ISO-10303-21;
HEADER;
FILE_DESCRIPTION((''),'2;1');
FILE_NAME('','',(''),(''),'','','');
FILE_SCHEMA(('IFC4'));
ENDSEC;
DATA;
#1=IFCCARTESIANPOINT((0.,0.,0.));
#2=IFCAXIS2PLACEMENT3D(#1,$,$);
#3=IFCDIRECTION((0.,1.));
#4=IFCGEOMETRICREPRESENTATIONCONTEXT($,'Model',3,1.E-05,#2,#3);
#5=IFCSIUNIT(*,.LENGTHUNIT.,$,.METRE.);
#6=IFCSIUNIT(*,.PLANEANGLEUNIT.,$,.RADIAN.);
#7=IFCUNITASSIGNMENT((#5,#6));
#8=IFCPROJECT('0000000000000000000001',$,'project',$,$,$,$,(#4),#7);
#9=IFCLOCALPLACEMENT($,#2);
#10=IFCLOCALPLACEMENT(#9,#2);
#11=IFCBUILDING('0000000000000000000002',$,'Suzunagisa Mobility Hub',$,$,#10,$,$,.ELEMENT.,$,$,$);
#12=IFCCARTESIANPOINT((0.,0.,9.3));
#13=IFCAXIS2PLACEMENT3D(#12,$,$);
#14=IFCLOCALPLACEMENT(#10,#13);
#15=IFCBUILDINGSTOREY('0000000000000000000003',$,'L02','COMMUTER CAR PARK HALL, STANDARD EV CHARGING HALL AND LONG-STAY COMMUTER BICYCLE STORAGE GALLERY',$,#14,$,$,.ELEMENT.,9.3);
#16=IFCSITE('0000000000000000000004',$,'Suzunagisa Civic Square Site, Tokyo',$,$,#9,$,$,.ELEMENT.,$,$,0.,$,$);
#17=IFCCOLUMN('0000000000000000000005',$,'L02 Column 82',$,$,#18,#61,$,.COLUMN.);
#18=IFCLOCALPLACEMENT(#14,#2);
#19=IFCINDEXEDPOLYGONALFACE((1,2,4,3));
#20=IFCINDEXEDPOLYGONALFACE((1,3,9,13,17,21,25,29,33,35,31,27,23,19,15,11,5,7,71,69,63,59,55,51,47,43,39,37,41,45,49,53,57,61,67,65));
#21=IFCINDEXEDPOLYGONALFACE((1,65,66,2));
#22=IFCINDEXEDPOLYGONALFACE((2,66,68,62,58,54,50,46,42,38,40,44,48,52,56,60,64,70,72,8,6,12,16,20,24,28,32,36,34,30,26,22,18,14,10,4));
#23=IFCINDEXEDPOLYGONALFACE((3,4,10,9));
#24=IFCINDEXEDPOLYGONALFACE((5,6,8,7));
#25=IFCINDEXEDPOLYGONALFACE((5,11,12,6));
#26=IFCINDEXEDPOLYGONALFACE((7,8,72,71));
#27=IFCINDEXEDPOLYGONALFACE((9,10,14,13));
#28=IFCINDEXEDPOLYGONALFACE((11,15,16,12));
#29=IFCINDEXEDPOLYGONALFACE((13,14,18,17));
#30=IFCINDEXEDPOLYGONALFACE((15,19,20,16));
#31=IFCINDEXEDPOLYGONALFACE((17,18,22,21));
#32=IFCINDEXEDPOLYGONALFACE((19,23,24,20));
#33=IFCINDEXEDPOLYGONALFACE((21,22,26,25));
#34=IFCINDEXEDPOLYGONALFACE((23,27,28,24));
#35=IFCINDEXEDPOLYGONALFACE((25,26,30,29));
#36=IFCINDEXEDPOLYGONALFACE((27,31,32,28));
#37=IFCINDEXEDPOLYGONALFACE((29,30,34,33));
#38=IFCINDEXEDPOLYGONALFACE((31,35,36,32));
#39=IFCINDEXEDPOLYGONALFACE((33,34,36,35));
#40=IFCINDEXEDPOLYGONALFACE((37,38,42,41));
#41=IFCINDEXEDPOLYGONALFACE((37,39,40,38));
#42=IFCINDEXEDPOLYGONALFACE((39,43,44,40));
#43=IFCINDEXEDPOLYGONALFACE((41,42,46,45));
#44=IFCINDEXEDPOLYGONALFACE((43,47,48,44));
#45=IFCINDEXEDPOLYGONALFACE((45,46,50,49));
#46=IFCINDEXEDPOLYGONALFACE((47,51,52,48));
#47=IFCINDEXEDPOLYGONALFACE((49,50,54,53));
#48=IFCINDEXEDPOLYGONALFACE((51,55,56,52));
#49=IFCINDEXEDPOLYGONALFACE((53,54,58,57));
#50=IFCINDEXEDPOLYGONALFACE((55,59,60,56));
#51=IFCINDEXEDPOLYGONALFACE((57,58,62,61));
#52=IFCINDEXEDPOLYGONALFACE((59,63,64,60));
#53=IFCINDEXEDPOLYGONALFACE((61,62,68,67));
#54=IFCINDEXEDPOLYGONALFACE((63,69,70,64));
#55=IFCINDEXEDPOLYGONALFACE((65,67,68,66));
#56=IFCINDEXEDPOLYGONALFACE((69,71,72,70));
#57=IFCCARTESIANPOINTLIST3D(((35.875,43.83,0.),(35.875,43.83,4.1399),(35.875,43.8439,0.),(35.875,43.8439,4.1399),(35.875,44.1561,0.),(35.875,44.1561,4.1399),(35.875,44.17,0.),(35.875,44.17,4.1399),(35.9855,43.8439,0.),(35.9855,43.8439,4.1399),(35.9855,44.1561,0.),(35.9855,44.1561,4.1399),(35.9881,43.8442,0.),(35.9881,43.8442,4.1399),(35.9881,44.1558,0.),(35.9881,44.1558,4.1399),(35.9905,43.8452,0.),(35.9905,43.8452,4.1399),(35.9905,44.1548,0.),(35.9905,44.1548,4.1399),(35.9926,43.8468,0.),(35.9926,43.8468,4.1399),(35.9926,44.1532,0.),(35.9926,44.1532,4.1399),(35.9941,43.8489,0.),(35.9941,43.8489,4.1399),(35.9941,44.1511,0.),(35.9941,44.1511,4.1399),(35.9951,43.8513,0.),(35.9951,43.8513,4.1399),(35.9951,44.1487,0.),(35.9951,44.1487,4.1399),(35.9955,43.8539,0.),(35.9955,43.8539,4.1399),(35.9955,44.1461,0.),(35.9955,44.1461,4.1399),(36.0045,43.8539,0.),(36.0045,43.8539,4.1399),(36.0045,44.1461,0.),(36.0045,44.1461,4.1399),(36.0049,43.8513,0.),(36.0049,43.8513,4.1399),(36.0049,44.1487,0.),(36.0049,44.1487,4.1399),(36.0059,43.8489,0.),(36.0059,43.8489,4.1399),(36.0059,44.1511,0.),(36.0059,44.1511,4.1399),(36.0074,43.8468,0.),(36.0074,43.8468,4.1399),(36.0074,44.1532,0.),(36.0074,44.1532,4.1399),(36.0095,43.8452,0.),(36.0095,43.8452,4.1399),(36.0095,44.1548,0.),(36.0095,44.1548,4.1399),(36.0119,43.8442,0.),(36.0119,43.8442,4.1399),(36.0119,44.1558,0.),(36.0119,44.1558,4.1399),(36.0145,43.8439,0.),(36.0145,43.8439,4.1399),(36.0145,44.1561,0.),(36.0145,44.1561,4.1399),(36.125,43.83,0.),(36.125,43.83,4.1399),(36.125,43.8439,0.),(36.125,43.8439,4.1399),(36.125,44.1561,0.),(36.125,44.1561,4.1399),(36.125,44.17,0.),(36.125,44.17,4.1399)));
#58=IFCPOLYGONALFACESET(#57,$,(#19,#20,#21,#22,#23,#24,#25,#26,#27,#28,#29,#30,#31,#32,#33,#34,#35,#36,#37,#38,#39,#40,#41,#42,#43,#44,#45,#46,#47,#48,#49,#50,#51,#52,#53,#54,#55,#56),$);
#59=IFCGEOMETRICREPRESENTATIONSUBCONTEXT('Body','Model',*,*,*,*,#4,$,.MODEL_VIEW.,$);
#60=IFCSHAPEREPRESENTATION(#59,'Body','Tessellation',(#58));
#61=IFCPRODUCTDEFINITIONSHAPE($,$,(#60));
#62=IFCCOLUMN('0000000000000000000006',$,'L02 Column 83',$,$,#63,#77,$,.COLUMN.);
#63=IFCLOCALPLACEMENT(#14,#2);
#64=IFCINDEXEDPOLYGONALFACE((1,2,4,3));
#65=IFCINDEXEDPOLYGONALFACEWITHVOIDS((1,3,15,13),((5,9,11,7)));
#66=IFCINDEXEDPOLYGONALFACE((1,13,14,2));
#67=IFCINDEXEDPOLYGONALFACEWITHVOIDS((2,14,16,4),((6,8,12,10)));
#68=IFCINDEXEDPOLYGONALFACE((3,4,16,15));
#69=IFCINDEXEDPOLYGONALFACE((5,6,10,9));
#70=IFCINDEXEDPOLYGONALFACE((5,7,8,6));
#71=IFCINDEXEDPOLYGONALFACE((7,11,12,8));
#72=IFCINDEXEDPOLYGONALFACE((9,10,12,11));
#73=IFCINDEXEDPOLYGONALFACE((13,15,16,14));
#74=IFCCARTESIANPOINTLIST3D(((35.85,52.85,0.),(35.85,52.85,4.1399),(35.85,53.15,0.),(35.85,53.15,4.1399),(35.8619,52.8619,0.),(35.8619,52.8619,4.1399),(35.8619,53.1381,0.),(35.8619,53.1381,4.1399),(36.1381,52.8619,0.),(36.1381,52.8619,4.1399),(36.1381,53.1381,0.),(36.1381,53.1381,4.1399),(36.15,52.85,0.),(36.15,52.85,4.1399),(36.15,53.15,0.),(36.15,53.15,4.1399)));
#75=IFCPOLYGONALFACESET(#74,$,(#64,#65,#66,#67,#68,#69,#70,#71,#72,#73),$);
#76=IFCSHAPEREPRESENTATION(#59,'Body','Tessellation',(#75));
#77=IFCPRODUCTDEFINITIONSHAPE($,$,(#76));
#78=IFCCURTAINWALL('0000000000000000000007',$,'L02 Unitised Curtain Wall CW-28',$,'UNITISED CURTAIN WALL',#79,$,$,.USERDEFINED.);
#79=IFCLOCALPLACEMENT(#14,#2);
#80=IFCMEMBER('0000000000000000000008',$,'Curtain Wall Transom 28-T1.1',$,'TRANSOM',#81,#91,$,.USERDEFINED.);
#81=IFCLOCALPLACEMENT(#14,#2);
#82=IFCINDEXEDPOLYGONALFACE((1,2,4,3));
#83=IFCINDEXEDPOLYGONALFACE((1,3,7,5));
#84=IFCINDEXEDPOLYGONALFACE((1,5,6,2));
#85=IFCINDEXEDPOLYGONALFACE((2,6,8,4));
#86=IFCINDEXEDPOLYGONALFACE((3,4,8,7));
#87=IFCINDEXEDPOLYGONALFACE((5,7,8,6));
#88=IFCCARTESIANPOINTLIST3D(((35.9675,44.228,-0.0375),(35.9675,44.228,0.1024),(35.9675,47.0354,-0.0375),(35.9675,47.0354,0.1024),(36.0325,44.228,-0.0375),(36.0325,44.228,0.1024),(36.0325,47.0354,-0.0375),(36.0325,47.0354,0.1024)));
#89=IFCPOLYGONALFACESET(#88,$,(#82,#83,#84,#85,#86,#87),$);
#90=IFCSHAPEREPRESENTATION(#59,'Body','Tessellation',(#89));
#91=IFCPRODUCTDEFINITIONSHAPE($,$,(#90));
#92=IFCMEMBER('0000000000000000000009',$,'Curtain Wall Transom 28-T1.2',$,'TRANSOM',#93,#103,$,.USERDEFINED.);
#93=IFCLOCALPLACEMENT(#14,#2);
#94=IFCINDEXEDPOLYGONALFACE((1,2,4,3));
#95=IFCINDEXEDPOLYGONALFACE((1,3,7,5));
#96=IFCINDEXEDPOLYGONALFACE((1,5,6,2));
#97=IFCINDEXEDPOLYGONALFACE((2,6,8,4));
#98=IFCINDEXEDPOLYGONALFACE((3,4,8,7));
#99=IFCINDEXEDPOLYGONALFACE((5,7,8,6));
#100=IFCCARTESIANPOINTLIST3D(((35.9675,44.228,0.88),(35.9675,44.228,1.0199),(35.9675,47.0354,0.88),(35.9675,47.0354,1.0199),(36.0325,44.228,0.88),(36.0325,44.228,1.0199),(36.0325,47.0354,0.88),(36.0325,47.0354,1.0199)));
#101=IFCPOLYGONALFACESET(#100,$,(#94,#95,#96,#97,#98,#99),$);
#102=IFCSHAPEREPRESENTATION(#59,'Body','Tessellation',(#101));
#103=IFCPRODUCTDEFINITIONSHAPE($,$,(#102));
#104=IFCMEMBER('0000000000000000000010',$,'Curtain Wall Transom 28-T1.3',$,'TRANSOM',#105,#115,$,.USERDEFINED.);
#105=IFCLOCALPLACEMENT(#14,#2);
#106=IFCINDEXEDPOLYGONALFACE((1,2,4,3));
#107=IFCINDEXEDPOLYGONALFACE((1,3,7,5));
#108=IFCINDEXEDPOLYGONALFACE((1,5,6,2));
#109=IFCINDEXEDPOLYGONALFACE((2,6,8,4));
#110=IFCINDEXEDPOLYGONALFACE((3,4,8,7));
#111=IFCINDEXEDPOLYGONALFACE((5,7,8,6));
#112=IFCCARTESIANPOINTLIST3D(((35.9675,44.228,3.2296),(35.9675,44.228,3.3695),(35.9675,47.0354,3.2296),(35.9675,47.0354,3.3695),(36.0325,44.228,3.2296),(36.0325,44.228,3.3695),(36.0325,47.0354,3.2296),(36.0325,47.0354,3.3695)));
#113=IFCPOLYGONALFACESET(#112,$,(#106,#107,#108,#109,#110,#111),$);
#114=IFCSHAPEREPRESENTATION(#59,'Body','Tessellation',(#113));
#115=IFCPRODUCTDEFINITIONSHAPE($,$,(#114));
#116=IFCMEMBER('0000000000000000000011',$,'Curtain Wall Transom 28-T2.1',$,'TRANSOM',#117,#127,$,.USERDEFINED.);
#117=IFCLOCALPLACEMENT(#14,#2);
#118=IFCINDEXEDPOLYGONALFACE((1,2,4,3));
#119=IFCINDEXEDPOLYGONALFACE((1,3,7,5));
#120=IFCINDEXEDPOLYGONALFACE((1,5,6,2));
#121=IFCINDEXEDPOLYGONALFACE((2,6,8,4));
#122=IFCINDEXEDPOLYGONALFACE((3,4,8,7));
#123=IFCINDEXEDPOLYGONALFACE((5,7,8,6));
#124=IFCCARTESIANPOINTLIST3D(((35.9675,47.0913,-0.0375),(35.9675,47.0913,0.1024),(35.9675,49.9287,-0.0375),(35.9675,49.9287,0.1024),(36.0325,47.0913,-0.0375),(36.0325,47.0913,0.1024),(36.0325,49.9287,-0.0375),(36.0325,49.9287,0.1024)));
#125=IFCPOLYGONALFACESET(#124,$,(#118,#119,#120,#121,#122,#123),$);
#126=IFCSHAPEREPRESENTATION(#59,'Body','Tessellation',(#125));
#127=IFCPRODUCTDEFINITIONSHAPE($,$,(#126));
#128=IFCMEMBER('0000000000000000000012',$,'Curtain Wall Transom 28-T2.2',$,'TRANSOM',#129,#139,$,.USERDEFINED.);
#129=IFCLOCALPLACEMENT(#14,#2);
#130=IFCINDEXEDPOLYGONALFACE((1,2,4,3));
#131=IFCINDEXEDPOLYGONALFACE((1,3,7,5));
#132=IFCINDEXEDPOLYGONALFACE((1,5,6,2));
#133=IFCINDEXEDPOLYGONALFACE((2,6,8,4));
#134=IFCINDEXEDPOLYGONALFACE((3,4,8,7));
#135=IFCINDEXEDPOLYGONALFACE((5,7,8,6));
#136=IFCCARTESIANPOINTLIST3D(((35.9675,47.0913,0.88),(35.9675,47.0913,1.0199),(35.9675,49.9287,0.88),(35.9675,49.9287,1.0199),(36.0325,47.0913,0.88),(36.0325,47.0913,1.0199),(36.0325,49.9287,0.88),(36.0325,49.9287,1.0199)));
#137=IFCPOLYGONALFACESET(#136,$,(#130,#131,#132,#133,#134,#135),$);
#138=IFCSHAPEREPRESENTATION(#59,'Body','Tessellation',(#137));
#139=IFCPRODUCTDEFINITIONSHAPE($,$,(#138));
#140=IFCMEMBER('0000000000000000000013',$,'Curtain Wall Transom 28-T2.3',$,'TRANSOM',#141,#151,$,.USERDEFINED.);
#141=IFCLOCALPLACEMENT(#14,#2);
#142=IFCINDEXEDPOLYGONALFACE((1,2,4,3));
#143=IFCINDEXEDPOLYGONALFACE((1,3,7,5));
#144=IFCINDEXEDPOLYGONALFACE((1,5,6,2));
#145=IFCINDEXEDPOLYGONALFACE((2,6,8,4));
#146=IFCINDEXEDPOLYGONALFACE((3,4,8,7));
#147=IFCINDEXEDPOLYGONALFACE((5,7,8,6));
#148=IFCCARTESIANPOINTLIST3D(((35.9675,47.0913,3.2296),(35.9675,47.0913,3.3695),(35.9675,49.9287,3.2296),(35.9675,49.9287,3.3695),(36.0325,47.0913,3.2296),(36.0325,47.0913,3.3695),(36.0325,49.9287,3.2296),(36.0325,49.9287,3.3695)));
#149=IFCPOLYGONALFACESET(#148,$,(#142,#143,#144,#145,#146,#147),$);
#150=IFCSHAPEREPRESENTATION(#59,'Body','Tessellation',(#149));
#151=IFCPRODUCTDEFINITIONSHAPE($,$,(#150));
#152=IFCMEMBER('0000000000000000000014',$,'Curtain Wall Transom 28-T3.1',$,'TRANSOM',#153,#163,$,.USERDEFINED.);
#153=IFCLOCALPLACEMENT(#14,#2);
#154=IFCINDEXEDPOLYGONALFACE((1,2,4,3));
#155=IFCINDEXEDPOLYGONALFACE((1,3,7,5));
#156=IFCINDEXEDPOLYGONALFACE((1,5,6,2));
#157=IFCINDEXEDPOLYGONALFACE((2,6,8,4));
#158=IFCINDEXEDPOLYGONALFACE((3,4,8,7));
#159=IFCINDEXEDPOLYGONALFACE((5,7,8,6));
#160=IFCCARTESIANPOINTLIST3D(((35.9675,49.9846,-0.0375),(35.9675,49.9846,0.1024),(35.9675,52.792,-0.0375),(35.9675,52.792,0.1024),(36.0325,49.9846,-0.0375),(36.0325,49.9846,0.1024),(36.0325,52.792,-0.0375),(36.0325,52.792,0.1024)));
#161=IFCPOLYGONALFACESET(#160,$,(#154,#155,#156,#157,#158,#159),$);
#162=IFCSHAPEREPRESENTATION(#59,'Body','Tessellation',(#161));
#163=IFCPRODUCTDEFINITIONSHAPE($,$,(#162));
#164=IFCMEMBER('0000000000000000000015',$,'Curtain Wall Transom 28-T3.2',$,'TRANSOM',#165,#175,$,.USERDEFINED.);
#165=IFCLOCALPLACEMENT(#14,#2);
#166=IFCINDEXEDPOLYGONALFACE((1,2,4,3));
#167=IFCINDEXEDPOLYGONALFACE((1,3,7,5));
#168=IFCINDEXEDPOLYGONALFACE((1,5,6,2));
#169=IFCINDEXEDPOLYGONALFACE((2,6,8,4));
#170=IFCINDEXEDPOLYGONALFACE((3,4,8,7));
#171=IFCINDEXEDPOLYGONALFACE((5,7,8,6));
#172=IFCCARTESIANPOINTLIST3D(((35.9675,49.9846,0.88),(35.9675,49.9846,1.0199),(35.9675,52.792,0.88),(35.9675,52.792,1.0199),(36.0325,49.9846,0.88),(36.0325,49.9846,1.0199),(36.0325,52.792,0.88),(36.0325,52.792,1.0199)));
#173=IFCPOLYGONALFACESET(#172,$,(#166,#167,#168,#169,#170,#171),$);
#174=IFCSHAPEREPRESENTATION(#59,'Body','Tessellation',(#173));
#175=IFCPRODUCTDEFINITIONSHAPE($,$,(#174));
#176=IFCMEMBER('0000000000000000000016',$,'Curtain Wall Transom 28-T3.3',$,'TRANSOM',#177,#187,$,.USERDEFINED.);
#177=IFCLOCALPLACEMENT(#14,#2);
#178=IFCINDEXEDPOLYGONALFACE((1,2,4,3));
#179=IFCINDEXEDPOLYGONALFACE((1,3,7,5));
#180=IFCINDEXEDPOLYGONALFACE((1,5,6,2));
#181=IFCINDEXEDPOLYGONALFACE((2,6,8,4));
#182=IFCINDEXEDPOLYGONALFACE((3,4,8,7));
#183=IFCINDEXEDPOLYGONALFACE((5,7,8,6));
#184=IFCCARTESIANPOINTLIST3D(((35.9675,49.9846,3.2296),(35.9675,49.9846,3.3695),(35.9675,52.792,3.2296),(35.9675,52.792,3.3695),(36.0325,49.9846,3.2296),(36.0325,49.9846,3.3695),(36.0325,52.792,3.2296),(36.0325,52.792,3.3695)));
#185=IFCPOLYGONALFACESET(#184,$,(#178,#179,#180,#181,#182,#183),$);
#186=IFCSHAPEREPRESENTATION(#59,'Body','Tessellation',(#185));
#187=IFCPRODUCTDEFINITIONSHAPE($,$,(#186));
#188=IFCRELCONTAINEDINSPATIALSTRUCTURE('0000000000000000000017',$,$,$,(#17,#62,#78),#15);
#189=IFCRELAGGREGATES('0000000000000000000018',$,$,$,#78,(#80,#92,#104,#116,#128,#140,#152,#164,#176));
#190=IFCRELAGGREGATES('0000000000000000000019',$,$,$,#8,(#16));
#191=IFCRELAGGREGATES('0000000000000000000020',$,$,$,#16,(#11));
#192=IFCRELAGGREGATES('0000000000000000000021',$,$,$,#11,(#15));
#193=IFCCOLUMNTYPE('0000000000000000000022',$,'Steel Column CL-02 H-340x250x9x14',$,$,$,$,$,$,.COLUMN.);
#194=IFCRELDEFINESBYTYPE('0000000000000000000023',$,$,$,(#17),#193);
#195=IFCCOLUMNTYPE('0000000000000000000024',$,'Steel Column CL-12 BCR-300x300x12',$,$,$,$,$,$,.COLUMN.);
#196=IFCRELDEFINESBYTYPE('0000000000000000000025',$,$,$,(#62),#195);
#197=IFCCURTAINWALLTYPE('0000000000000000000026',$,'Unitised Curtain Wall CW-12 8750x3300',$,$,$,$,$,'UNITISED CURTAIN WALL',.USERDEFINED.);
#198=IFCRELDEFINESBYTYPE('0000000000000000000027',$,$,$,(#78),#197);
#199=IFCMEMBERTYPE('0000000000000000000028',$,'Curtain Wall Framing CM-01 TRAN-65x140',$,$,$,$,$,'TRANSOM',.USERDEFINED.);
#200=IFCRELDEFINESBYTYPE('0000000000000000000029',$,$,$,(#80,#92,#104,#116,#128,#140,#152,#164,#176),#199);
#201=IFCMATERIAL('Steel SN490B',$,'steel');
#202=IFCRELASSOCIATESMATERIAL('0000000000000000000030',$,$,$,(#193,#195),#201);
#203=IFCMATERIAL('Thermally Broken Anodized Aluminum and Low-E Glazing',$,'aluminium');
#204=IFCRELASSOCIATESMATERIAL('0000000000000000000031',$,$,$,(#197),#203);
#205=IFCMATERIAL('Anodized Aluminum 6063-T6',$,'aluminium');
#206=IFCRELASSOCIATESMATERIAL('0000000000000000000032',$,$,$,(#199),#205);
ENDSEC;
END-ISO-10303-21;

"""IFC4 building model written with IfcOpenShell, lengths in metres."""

from ifc_helpers import new_model, si_unit, direction, frame, origin, origin_2d, place, context, subcontext, project, spatial, rectangle, hollow_rectangle, i_section, extrude, material, material_profile, profile_set, type_object, element, aggregate, save


model = new_model("IFC4")

# Units and contexts
model_context = context("Model", 3, precision=1e-05, world=origin(), true_north=direction((0.0, 1.0)))
body_context = subcontext(model_context, "Body", "Model", "MODEL_VIEW")
ifc_project = project(units=[si_unit("LENGTHUNIT", "METRE"), si_unit("PLANEANGLEUNIT", "RADIAN")], contexts=[model_context])

# Site, building, storey
site_placement = place(None, origin())
site = spatial("IfcSite", under=ifc_project, at=site_placement, Name="Suzunagisa Civic Square Site, Tokyo", CompositionType="ELEMENT", RefElevation=0.0)
building_placement = place(site_placement, origin())
building = spatial("IfcBuilding", under=site, at=building_placement, Name="Suzunagisa Mobility Hub", CompositionType="ELEMENT")
storey_placement = place(building_placement, frame((0.0, 0.0, 9.3)))
storey = spatial("IfcBuildingStorey", under=building, at=storey_placement, Name="L02", Description="COMMUTER CAR PARK HALL, STANDARD EV CHARGING HALL AND LONG-STAY COMMUTER BICYCLE STORAGE GALLERY", CompositionType="ELEMENT", Elevation=9.3)

# Columns
ifc_material_1 = material(Name="Steel SN490B", Category="steel")
ifc_material_profile_1 = material_profile(ifc_material_1, i_section(OverallWidth=0.25, OverallDepth=0.3401, WebThickness=0.009, FlangeThickness=0.0139, FilletRadius=0.01, at=origin_2d()), Name="H-340x250x9x14")
ifc_profile_set_1 = profile_set([ifc_material_profile_1], Name="Steel SN490B")
column_type_1 = type_object("IfcColumnType", Name="Steel Column CL-02 H-340x250x9x14", PredefinedType="COLUMN", material=ifc_profile_set_1)
column_1_placement = place(storey_placement, frame((36.0, 44.0, 0.0), z_axis=(0.0, 0.0, 1.0), x_axis=(1.0, 0.0, 0.0)))
element("IfcColumn", 1, at=column_1_placement, inside=storey, type_object=column_type_1, Name="L02 Column 82", PredefinedType="COLUMN", context=body_context, shape_type="SweptSolid", body=[
    extrude(i_section(OverallWidth=0.25, OverallDepth=0.3401, WebThickness=0.009, FlangeThickness=0.0139, FilletRadius=0.01, at=origin_2d()), origin(), (0.0, 0.0, 1.0), 4.1399),
])
ifc_material_profile_2 = material_profile(ifc_material_1, hollow_rectangle(XDim=0.3, YDim=0.3, WallThickness=0.012, at=origin_2d()), Name="BCR-300x300x12")
ifc_profile_set_2 = profile_set([ifc_material_profile_2], Name="Steel SN490B")
column_type_2 = type_object("IfcColumnType", Name="Steel Column CL-12 BCR-300x300x12", PredefinedType="COLUMN", material=ifc_profile_set_2)
column_2_placement = place(storey_placement, frame((36.0, 53.0, 0.0), z_axis=(0.0, 0.0, 1.0), x_axis=(1.0, 0.0, 0.0)))
element("IfcColumn", 2, at=column_2_placement, inside=storey, type_object=column_type_2, Name="L02 Column 83", PredefinedType="COLUMN", context=body_context, shape_type="SweptSolid", body=[
    extrude(hollow_rectangle(XDim=0.3, YDim=0.3, WallThickness=0.012, at=origin_2d()), origin(), (0.0, 0.0, 1.0), 4.1399),
])

# Curtain wall, members
ifc_material_2 = material(Name="Thermally Broken Anodized Aluminum and Low-E Glazing", Category="aluminium")
curtain_wall_type = type_object("IfcCurtainWallType", Name="Unitised Curtain Wall CW-12 8750x3300", ElementType="UNITISED CURTAIN WALL", PredefinedType="USERDEFINED", material=ifc_material_2)
curtain_wall_placement = place(storey_placement, origin())
curtain_wall = element("IfcCurtainWall", 3, at=curtain_wall_placement, inside=storey, type_object=curtain_wall_type, Name="L02 Unitised Curtain Wall CW-28", ObjectType="UNITISED CURTAIN WALL", PredefinedType="USERDEFINED")
ifc_material_3 = material(Name="Anodized Aluminum 6063-T6", Category="aluminium")
ifc_material_profile_3 = material_profile(ifc_material_3, rectangle(XDim=0.0649, YDim=0.1399, at=origin_2d()), Name="TRAN-65x140")
ifc_profile_set_3 = profile_set([ifc_material_profile_3], Name="Anodized Aluminum 6063-T6")
member_type_1 = type_object("IfcMemberType", Name="Curtain Wall Framing CM-01 TRAN-65x140", ElementType="TRANSOM", PredefinedType="USERDEFINED", material=ifc_profile_set_3)
member_1_placement = place(storey_placement, frame((36.0, 44.228, 0.0325), z_axis=(0.0, 1.0, 0.0), x_axis=(-1.0, 0.0, 0.0)))
member_1 = element("IfcMember", 4, at=member_1_placement, type_object=member_type_1, Name="Curtain Wall Transom 28-T1.1", ObjectType="TRANSOM", PredefinedType="USERDEFINED", context=body_context, shape_type="SweptSolid", body=[
    extrude(rectangle(XDim=0.0649, YDim=0.1399, at=origin_2d()), origin(), (0.0, 0.0, 1.0), 2.8074),
])
member_2_placement = place(storey_placement, frame((36.0, 44.228, 0.95), z_axis=(0.0, 1.0, 0.0), x_axis=(-1.0, 0.0, 0.0)))
member_2 = element("IfcMember", 5, at=member_2_placement, type_object=member_type_1, Name="Curtain Wall Transom 28-T1.2", ObjectType="TRANSOM", PredefinedType="USERDEFINED", context=body_context, shape_type="SweptSolid", body=[
    extrude(rectangle(XDim=0.0649, YDim=0.1399, at=origin_2d()), origin(), (0.0, 0.0, 1.0), 2.8074),
])
member_3_placement = place(storey_placement, frame((36.0, 44.228, 3.2996), z_axis=(0.0, 1.0, 0.0), x_axis=(-1.0, 0.0, 0.0)))
member_3 = element("IfcMember", 6, at=member_3_placement, type_object=member_type_1, Name="Curtain Wall Transom 28-T1.3", ObjectType="TRANSOM", PredefinedType="USERDEFINED", context=body_context, shape_type="SweptSolid", body=[
    extrude(rectangle(XDim=0.0649, YDim=0.1399, at=origin_2d()), origin(), (0.0, 0.0, 1.0), 2.8074),
])
member_4_placement = place(storey_placement, frame((36.0, 47.0913, 0.0325), z_axis=(0.0, 1.0, 0.0), x_axis=(-1.0, 0.0, 0.0)))
member_4 = element("IfcMember", 7, at=member_4_placement, type_object=member_type_1, Name="Curtain Wall Transom 28-T2.1", ObjectType="TRANSOM", PredefinedType="USERDEFINED", context=body_context, shape_type="SweptSolid", body=[
    extrude(rectangle(XDim=0.0649, YDim=0.1399, at=origin_2d()), origin(), (0.0, 0.0, 1.0), 2.8374),
])
member_5_placement = place(storey_placement, frame((36.0, 47.0913, 0.95), z_axis=(0.0, 1.0, 0.0), x_axis=(-1.0, 0.0, 0.0)))
member_5 = element("IfcMember", 8, at=member_5_placement, type_object=member_type_1, Name="Curtain Wall Transom 28-T2.2", ObjectType="TRANSOM", PredefinedType="USERDEFINED", context=body_context, shape_type="SweptSolid", body=[
    extrude(rectangle(XDim=0.0649, YDim=0.1399, at=origin_2d()), origin(), (0.0, 0.0, 1.0), 2.8374),
])
member_6_placement = place(storey_placement, frame((36.0, 47.0913, 3.2996), z_axis=(0.0, 1.0, 0.0), x_axis=(-1.0, 0.0, 0.0)))
member_6 = element("IfcMember", 9, at=member_6_placement, type_object=member_type_1, Name="Curtain Wall Transom 28-T2.3", ObjectType="TRANSOM", PredefinedType="USERDEFINED", context=body_context, shape_type="SweptSolid", body=[
    extrude(rectangle(XDim=0.0649, YDim=0.1399, at=origin_2d()), origin(), (0.0, 0.0, 1.0), 2.8374),
])
member_7_placement = place(storey_placement, frame((36.0, 49.9846, 0.0325), z_axis=(0.0, 1.0, 0.0), x_axis=(-1.0, 0.0, 0.0)))
member_7 = element("IfcMember", 10, at=member_7_placement, type_object=member_type_1, Name="Curtain Wall Transom 28-T3.1", ObjectType="TRANSOM", PredefinedType="USERDEFINED", context=body_context, shape_type="SweptSolid", body=[
    extrude(rectangle(XDim=0.0649, YDim=0.1399, at=origin_2d()), origin(), (0.0, 0.0, 1.0), 2.8074),
])
member_8_placement = place(storey_placement, frame((36.0, 49.9846, 0.95), z_axis=(0.0, 1.0, 0.0), x_axis=(-1.0, 0.0, 0.0)))
member_8 = element("IfcMember", 11, at=member_8_placement, type_object=member_type_1, Name="Curtain Wall Transom 28-T3.2", ObjectType="TRANSOM", PredefinedType="USERDEFINED", context=body_context, shape_type="SweptSolid", body=[
    extrude(rectangle(XDim=0.0649, YDim=0.1399, at=origin_2d()), origin(), (0.0, 0.0, 1.0), 2.8074),
])
member_9_placement = place(storey_placement, frame((36.0, 49.9846, 3.2996), z_axis=(0.0, 1.0, 0.0), x_axis=(-1.0, 0.0, 0.0)))
member_9 = element("IfcMember", 12, at=member_9_placement, type_object=member_type_1, Name="Curtain Wall Transom 28-T3.3", ObjectType="TRANSOM", PredefinedType="USERDEFINED", context=body_context, shape_type="SweptSolid", body=[
    extrude(rectangle(XDim=0.0649, YDim=0.1399, at=origin_2d()), origin(), (0.0, 0.0, 1.0), 2.8074),
])

aggregate(curtain_wall, [member_1, member_2, member_3, member_4, member_5, member_6, member_7, member_8, member_9])

save(model, "model.ifc")
